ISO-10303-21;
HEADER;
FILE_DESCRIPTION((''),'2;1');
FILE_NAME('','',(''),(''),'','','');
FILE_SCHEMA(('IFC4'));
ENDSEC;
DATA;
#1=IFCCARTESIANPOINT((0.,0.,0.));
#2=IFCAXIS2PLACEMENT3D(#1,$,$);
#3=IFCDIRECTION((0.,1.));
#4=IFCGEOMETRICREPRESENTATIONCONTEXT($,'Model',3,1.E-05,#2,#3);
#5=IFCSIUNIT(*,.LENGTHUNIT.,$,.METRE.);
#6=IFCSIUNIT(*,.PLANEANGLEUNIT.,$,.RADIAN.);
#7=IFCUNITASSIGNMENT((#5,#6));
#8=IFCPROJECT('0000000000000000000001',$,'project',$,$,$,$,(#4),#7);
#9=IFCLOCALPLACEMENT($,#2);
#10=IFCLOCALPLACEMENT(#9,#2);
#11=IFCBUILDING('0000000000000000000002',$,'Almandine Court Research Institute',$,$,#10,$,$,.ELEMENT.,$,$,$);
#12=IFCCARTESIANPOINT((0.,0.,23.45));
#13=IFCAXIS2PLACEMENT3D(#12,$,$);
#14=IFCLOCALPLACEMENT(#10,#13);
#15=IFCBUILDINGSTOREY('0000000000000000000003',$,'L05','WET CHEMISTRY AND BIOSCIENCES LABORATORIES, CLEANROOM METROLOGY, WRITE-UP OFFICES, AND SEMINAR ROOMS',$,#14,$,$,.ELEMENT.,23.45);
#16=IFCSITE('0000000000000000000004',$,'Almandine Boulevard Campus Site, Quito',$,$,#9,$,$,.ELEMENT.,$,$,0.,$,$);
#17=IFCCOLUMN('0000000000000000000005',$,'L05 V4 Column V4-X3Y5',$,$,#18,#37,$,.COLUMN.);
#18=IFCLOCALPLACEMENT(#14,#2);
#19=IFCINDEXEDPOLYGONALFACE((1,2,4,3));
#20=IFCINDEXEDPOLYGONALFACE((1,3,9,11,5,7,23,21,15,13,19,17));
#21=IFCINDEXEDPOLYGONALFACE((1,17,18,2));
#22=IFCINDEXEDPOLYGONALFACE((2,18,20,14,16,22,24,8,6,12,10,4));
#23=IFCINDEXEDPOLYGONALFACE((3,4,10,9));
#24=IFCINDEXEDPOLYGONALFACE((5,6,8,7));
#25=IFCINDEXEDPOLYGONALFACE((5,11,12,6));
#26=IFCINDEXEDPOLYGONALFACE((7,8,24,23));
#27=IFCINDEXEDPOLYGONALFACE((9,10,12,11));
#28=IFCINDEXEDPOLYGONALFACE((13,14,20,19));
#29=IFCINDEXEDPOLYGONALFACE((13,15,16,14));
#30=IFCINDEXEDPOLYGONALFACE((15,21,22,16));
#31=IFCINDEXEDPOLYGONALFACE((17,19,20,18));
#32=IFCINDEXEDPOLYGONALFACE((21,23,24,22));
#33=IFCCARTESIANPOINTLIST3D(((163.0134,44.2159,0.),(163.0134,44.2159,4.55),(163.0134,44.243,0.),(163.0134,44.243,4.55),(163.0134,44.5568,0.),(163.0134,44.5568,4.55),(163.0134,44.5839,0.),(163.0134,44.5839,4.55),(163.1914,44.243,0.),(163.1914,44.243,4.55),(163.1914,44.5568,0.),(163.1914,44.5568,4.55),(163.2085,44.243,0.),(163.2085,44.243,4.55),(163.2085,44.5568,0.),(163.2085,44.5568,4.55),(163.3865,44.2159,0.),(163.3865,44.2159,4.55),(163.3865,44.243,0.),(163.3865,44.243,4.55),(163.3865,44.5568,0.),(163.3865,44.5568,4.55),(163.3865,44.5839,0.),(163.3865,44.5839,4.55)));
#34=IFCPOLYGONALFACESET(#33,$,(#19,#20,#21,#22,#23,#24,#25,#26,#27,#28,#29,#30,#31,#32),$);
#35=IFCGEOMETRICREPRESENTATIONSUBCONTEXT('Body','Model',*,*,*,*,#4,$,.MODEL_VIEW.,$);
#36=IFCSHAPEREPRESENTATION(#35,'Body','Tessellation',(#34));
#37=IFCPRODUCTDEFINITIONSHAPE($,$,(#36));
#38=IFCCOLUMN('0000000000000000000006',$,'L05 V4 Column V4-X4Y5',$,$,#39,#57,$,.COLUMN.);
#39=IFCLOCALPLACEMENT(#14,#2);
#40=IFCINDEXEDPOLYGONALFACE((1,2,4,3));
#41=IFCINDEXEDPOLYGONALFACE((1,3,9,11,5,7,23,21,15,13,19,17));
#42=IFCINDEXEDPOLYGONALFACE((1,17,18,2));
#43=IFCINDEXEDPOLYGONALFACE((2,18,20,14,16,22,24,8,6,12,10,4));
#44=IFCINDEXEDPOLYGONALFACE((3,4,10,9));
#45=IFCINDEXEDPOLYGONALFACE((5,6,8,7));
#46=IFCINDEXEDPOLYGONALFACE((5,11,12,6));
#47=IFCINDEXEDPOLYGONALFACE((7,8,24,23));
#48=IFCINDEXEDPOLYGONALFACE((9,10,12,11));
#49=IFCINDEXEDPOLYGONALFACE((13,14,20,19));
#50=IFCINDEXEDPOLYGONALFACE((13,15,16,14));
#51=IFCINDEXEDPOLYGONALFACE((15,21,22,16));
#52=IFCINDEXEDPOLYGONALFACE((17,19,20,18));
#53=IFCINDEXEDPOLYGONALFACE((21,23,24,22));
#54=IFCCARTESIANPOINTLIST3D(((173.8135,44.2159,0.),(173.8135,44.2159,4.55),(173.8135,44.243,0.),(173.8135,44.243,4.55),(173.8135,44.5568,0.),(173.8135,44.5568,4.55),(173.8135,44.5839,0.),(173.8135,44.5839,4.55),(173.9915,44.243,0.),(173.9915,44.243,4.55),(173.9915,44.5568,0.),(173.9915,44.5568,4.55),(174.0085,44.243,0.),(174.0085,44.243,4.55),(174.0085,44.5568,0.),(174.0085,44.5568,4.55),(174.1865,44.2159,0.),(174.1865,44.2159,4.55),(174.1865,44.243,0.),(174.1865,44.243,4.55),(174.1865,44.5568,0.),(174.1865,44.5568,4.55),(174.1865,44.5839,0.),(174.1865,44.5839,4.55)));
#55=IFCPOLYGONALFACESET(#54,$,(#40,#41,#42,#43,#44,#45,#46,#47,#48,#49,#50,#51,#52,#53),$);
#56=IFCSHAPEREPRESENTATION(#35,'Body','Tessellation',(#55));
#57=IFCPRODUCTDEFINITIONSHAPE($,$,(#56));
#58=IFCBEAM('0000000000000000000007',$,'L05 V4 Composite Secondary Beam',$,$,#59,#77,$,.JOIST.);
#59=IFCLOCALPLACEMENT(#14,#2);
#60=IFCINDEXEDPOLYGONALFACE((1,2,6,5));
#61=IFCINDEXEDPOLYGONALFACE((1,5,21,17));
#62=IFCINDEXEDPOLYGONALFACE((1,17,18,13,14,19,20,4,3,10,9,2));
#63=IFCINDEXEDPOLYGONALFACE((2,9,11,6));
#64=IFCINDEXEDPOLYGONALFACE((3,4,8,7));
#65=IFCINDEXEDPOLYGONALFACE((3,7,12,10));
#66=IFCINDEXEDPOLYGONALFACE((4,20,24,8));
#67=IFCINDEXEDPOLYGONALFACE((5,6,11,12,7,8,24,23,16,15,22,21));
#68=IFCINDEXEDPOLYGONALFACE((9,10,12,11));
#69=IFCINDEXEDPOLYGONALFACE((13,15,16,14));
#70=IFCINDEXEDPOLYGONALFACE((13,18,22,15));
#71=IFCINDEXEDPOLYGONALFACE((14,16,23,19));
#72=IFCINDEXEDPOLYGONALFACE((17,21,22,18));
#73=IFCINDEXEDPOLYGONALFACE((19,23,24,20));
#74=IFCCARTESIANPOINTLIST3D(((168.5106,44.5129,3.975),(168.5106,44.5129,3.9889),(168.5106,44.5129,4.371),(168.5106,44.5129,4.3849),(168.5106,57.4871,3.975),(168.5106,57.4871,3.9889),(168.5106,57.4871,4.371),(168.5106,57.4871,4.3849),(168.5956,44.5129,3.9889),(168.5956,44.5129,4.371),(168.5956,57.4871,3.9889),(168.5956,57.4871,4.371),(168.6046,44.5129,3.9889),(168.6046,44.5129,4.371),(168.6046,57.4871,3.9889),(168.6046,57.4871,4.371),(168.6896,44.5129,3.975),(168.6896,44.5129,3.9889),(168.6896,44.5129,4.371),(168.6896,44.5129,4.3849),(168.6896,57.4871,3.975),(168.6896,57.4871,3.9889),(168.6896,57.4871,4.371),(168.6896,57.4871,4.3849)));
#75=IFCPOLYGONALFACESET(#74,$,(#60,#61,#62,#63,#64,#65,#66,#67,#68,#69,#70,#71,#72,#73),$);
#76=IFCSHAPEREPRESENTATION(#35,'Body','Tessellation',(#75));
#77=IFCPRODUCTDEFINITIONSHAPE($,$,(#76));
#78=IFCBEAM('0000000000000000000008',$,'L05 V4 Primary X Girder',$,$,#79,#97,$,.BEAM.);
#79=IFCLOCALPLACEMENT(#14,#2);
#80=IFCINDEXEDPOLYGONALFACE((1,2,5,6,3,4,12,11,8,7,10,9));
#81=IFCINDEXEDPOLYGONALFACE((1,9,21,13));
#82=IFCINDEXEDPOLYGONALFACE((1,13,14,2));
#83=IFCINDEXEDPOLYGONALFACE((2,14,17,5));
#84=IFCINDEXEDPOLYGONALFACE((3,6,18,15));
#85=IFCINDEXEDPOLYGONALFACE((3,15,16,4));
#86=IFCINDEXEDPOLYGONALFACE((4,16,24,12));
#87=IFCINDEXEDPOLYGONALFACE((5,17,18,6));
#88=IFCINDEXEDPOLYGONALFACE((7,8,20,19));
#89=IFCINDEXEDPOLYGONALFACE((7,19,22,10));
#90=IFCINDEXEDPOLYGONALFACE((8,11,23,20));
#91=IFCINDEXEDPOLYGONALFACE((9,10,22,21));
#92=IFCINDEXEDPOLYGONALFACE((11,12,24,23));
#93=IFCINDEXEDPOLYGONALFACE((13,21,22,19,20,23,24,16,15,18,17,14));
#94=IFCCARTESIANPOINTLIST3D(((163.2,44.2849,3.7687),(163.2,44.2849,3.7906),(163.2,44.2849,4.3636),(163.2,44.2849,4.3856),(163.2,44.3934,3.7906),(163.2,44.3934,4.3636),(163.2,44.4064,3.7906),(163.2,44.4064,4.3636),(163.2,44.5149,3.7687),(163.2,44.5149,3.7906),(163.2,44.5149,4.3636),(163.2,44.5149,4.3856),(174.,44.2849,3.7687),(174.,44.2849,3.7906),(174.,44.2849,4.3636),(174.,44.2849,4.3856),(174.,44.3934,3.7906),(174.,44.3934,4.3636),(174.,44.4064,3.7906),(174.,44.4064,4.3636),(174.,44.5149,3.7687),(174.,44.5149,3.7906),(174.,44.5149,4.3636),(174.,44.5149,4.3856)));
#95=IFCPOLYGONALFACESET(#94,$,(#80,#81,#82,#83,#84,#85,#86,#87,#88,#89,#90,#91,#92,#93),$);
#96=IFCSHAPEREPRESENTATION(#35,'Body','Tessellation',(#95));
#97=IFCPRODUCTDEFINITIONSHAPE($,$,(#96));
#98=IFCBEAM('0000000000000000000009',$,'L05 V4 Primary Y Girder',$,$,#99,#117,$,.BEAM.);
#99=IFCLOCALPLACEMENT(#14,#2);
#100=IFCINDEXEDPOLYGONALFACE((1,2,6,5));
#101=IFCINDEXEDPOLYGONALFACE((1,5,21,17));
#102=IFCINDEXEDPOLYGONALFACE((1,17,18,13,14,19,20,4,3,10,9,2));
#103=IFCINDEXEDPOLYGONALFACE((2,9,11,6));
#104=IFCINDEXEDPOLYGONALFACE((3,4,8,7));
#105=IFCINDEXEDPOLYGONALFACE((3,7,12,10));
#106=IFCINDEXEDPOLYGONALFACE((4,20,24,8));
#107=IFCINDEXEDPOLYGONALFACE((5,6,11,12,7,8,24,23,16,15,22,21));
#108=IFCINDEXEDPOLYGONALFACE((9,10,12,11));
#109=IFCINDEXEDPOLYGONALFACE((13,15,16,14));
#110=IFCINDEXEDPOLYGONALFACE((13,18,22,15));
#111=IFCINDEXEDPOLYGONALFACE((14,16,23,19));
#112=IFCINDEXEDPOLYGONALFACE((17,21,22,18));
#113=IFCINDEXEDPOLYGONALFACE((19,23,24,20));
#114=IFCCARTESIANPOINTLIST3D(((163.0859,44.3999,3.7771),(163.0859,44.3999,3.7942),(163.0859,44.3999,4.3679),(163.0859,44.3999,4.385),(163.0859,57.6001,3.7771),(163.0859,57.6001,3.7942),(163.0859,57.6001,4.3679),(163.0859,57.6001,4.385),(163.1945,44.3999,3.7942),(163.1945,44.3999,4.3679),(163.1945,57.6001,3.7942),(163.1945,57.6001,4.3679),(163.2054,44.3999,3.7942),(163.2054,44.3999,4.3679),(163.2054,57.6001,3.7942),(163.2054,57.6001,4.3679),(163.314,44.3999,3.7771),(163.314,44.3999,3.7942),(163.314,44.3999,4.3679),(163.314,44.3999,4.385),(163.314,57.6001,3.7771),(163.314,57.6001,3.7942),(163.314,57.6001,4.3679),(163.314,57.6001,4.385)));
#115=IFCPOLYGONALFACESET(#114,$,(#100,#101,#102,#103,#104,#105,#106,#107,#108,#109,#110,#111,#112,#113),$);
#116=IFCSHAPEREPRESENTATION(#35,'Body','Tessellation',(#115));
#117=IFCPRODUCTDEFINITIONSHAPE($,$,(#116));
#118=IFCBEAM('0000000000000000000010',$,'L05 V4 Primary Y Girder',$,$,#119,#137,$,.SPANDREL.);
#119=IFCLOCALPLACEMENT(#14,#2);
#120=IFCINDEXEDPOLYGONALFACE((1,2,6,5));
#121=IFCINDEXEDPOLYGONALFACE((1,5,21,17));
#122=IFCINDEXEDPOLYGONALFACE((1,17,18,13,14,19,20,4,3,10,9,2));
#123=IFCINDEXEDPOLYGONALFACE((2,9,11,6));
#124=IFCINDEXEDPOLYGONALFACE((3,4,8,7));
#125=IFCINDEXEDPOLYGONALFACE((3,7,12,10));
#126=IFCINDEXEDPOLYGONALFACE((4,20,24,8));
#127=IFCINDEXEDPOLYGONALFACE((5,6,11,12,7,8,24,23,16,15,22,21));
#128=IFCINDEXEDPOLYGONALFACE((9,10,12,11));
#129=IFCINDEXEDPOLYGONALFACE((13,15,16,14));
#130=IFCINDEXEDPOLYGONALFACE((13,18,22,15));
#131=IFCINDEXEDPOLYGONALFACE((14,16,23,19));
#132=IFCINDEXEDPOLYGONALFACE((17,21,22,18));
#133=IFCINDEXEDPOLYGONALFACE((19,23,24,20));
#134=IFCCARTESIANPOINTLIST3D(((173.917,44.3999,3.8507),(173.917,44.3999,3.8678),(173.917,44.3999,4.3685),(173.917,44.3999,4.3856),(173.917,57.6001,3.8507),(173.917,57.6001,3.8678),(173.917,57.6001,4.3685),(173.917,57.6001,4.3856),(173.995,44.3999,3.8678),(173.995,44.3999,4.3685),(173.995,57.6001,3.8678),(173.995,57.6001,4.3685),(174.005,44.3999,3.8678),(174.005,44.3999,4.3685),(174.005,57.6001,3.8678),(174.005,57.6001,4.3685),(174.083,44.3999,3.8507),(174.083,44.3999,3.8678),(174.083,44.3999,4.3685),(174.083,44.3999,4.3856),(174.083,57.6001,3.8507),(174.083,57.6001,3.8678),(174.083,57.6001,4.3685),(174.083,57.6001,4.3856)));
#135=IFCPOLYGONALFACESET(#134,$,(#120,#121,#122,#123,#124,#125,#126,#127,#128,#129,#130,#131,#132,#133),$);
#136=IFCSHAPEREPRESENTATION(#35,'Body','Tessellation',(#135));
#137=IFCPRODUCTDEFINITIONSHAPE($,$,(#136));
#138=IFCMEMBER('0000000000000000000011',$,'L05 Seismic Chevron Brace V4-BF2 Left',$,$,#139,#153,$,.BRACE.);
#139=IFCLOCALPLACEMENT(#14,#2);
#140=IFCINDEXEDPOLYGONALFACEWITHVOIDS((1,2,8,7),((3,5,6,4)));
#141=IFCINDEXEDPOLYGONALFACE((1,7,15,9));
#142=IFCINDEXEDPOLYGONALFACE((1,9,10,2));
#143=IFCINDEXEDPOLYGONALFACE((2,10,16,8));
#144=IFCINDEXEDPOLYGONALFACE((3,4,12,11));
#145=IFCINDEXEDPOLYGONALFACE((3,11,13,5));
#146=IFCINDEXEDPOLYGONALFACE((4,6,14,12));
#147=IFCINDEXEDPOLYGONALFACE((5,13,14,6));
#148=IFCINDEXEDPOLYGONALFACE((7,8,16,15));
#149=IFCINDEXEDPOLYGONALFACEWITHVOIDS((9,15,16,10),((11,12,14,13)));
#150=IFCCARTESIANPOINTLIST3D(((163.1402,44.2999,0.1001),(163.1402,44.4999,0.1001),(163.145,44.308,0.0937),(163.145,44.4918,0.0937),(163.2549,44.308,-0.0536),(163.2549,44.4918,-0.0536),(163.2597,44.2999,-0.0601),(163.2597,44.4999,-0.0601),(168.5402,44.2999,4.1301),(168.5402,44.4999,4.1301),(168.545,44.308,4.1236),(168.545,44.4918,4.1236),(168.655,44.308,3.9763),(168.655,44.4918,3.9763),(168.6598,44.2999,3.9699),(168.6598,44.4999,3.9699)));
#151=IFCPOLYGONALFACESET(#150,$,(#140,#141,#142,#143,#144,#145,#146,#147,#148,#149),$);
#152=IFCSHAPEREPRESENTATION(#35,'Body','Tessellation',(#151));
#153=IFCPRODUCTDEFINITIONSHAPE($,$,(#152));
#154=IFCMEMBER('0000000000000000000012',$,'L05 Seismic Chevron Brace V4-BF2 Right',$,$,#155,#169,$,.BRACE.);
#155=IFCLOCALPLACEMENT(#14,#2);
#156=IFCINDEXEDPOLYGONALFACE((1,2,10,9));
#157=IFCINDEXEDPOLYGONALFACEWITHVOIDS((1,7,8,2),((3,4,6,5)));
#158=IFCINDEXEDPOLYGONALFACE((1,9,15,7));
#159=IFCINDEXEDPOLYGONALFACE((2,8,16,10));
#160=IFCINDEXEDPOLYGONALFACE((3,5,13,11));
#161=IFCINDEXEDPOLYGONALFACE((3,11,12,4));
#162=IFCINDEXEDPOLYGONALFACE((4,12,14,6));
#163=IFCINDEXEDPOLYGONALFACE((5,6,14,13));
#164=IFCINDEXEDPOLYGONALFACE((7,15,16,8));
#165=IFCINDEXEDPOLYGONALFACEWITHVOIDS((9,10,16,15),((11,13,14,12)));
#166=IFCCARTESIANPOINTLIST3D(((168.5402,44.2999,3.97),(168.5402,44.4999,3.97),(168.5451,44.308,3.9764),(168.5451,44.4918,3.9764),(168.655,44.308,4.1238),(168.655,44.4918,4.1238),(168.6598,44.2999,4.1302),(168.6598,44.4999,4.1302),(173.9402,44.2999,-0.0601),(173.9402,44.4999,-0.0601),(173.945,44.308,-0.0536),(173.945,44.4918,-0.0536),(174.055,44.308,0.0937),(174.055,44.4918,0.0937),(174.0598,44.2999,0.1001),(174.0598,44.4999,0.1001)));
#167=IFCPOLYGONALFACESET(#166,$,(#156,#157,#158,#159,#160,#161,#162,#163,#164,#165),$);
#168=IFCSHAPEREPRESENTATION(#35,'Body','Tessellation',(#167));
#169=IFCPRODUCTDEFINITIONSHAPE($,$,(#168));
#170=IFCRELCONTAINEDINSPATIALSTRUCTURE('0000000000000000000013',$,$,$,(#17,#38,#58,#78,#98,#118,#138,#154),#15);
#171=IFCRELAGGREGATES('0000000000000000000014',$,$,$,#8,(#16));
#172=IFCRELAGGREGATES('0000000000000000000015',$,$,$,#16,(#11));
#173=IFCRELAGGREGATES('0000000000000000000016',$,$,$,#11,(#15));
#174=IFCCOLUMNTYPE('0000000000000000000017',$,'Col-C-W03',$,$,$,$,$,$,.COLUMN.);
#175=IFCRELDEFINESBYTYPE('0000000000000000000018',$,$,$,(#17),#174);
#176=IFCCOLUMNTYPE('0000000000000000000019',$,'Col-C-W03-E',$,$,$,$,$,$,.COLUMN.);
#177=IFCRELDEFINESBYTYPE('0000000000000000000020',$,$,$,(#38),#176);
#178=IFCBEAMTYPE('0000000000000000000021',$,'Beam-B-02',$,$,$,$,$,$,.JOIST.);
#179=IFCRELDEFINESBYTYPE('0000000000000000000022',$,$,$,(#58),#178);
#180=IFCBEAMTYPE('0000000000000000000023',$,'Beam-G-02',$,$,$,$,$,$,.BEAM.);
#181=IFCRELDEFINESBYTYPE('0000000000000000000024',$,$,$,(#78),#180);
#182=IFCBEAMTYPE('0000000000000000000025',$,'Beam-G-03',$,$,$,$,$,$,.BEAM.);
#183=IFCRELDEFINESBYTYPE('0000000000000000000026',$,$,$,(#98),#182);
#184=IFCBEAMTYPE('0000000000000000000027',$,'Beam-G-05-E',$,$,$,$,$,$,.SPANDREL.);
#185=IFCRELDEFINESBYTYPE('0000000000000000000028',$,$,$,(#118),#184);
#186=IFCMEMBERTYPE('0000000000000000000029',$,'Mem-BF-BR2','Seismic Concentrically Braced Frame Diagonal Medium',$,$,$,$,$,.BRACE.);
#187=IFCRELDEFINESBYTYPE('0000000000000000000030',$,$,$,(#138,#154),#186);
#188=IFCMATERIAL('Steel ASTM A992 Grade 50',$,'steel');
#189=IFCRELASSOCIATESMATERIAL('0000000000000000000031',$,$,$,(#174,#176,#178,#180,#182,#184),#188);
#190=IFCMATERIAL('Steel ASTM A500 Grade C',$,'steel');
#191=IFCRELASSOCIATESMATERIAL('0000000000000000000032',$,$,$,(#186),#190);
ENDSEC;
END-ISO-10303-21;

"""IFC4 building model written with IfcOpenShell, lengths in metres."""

from ifc_helpers import new_model, si_unit, direction, frame, origin, origin_2d, place, context, subcontext, project, spatial, hollow_rectangle, i_section, extrude, material, material_profile, profile_set, type_object, element, save


model = new_model("IFC4")

# Units and contexts
model_context = context("Model", 3, precision=1e-05, world=origin(), true_north=direction((0.0, 1.0)))
body_context = subcontext(model_context, "Body", "Model", "MODEL_VIEW")
ifc_project = project(units=[si_unit("LENGTHUNIT", "METRE"), si_unit("PLANEANGLEUNIT", "RADIAN")], contexts=[model_context])

# Site, building, storey
site_placement = place(None, origin())
site = spatial("IfcSite", under=ifc_project, at=site_placement, Name="Almandine Boulevard Campus Site, Quito", CompositionType="ELEMENT", RefElevation=0.0)
building_placement = place(site_placement, origin())
building = spatial("IfcBuilding", under=site, at=building_placement, Name="Almandine Court Research Institute", CompositionType="ELEMENT")
storey_placement = place(building_placement, frame((0.0, 0.0, 23.45)))
storey = spatial("IfcBuildingStorey", under=building, at=storey_placement, Name="L05", Description="WET CHEMISTRY AND BIOSCIENCES LABORATORIES, CLEANROOM METROLOGY, WRITE-UP OFFICES, AND SEMINAR ROOMS", CompositionType="ELEMENT", Elevation=23.45)

# Columns
ifc_material_1 = material(Name="Steel ASTM A992 Grade 50", Category="steel")
ifc_material_profile_1 = material_profile(ifc_material_1, i_section(OverallWidth=0.373, OverallDepth=0.3679, WebThickness=0.0171, FlangeThickness=0.0271, at=origin_2d()), Name="W360x179")
ifc_profile_set_1 = profile_set([ifc_material_profile_1], Name="Steel ASTM A992 Grade 50")
column_type_1 = type_object("IfcColumnType", Name="Col-C-W03", PredefinedType="COLUMN", material=ifc_profile_set_1)
column_1_placement = place(storey_placement, frame((163.2, 44.3999, 0.0), z_axis=(0.0, 0.0, 1.0), x_axis=(1.0, 0.0, 0.0)))
element("IfcColumn", 1, at=column_1_placement, inside=storey, type_object=column_type_1, Name="L05 V4 Column V4-X3Y5", PredefinedType="COLUMN", context=body_context, shape_type="SweptSolid", body=[
    extrude(i_section(OverallWidth=0.373, OverallDepth=0.3679, WebThickness=0.0171, FlangeThickness=0.0271, at=origin_2d()), origin(), (0.0, 0.0, 1.0), 4.55),
])
ifc_material_profile_2 = material_profile(ifc_material_1, i_section(OverallWidth=0.373, OverallDepth=0.3679, WebThickness=0.0171, FlangeThickness=0.0271, at=origin_2d()), Name="W360x179")
ifc_profile_set_2 = profile_set([ifc_material_profile_2], Name="Steel ASTM A992 Grade 50")
column_type_2 = type_object("IfcColumnType", Name="Col-C-W03-E", PredefinedType="COLUMN", material=ifc_profile_set_2)
column_2_placement = place(storey_placement, frame((174.0, 44.3999, 0.0), z_axis=(0.0, 0.0, 1.0), x_axis=(1.0, 0.0, 0.0)))
element("IfcColumn", 2, at=column_2_placement, inside=storey, type_object=column_type_2, Name="L05 V4 Column V4-X4Y5", PredefinedType="COLUMN", context=body_context, shape_type="SweptSolid", body=[
    extrude(i_section(OverallWidth=0.373, OverallDepth=0.3679, WebThickness=0.0171, FlangeThickness=0.0271, at=origin_2d()), origin(), (0.0, 0.0, 1.0), 4.55),
])

# Beams
ifc_material_profile_3 = material_profile(ifc_material_1, i_section(OverallWidth=0.179, OverallDepth=0.4099, WebThickness=0.009, FlangeThickness=0.0139, at=origin_2d()), Name="W410x67")
ifc_profile_set_3 = profile_set([ifc_material_profile_3], Name="Steel ASTM A992 Grade 50")
beam_type_1 = type_object("IfcBeamType", Name="Beam-B-02", PredefinedType="JOIST", material=ifc_profile_set_3)
beam_1_placement = place(storey_placement, frame((168.6001, 44.5129, 4.1799), z_axis=(0.0, 1.0, 0.0), x_axis=(-1.0, 0.0, 0.0)))
element("IfcBeam", 3, at=beam_1_placement, inside=storey, type_object=beam_type_1, Name="L05 V4 Composite Secondary Beam", PredefinedType="JOIST", context=body_context, shape_type="SweptSolid", body=[
    extrude(i_section(OverallWidth=0.179, OverallDepth=0.4099, WebThickness=0.009, FlangeThickness=0.0139, at=origin_2d()), origin(), (0.0, 0.0, 1.0), 12.9741),
])
ifc_material_profile_4 = material_profile(ifc_material_1, i_section(OverallWidth=0.23, OverallDepth=0.6169, WebThickness=0.0129, FlangeThickness=0.022, at=origin_2d()), Name="W610x140")
ifc_profile_set_4 = profile_set([ifc_material_profile_4], Name="Steel ASTM A992 Grade 50")
beam_type_2 = type_object("IfcBeamType", Name="Beam-G-02", PredefinedType="BEAM", material=ifc_profile_set_4)
beam_2_placement = place(storey_placement, frame((163.2, 44.3999, 4.0771), z_axis=(1.0, 0.0, 0.0), x_axis=(0.0, 1.0, 0.0)))
element("IfcBeam", 4, at=beam_2_placement, inside=storey, type_object=beam_type_2, Name="L05 V4 Primary X Girder", PredefinedType="BEAM", context=body_context, shape_type="SweptSolid", body=[
    extrude(i_section(OverallWidth=0.23, OverallDepth=0.6169, WebThickness=0.0129, FlangeThickness=0.022, at=origin_2d()), origin(), (0.0, 0.0, 1.0), 10.8),
])
ifc_material_profile_5 = material_profile(ifc_material_1, i_section(OverallWidth=0.228, OverallDepth=0.6079, WebThickness=0.011, FlangeThickness=0.0171, at=origin_2d()), Name="W610x113")
ifc_profile_set_5 = profile_set([ifc_material_profile_5], Name="Steel ASTM A992 Grade 50")
beam_type_3 = type_object("IfcBeamType", Name="Beam-G-03", PredefinedType="BEAM", material=ifc_profile_set_5)
beam_3_placement = place(storey_placement, frame((163.2, 44.3999, 4.0811), z_axis=(0.0, 1.0, 0.0), x_axis=(-1.0, 0.0, 0.0)))
element("IfcBeam", 5, at=beam_3_placement, inside=storey, type_object=beam_type_3, Name="L05 V4 Primary Y Girder", PredefinedType="BEAM", context=body_context, shape_type="SweptSolid", body=[
    extrude(i_section(OverallWidth=0.228, OverallDepth=0.6079, WebThickness=0.011, FlangeThickness=0.0171, at=origin_2d()), origin(), (0.0, 0.0, 1.0), 13.2002),
])
ifc_material_profile_6 = material_profile(ifc_material_1, i_section(OverallWidth=0.166, OverallDepth=0.5349, WebThickness=0.01, FlangeThickness=0.0171, at=origin_2d()), Name="W530x85")
ifc_profile_set_6 = profile_set([ifc_material_profile_6], Name="Steel ASTM A992 Grade 50")
beam_type_4 = type_object("IfcBeamType", Name="Beam-G-05-E", PredefinedType="SPANDREL", material=ifc_profile_set_6)
beam_4_placement = place(storey_placement, frame((174.0, 44.3999, 4.1182), z_axis=(0.0, 1.0, 0.0), x_axis=(-1.0, 0.0, 0.0)))
element("IfcBeam", 6, at=beam_4_placement, inside=storey, type_object=beam_type_4, Name="L05 V4 Primary Y Girder", PredefinedType="SPANDREL", context=body_context, shape_type="SweptSolid", body=[
    extrude(i_section(OverallWidth=0.166, OverallDepth=0.5349, WebThickness=0.01, FlangeThickness=0.0171, at=origin_2d()), origin(), (0.0, 0.0, 1.0), 13.2002),
])

# Members
ifc_material_2 = material(Name="Steel ASTM A500 Grade C", Category="steel")
ifc_material_profile_7 = material_profile(ifc_material_2, hollow_rectangle(XDim=0.2, YDim=0.2, WallThickness=0.0081, at=origin_2d()), Name="HSS 200x200x8")
ifc_profile_set_7 = profile_set([ifc_material_profile_7], Name="Steel ASTM A500 Grade C")
member_type = type_object("IfcMemberType", Name="Mem-BF-BR2", Description="Seismic Concentrically Braced Frame Diagonal Medium", PredefinedType="BRACE", material=ifc_profile_set_7)
for number, where, z_axis, x_axis, name in (
    (7, (163.2, 44.3999, 0.02), (0.801428, 0.0, 0.598091), (0.0, 1.0, 0.0), "L05 Seismic Chevron Brace V4-BF2 Left"),
    (8, (174.0, 44.3999, 0.02), (-0.801415, 0.0, 0.598108), (0.0, -1.0, 0.0), "L05 Seismic Chevron Brace V4-BF2 Right"),
):
    element("IfcMember", number, at=place(storey_placement, frame(where, z_axis=z_axis, x_axis=x_axis)), inside=storey, type_object=member_type, Name=name, PredefinedType="BRACE", context=body_context, shape_type="SweptSolid", body=[
        extrude(hollow_rectangle(XDim=0.2, YDim=0.2, WallThickness=0.0081, at=origin_2d()), origin(), (0.0, 0.0, 1.0), 6.738),
    ])

save(model, "model.ifc")
